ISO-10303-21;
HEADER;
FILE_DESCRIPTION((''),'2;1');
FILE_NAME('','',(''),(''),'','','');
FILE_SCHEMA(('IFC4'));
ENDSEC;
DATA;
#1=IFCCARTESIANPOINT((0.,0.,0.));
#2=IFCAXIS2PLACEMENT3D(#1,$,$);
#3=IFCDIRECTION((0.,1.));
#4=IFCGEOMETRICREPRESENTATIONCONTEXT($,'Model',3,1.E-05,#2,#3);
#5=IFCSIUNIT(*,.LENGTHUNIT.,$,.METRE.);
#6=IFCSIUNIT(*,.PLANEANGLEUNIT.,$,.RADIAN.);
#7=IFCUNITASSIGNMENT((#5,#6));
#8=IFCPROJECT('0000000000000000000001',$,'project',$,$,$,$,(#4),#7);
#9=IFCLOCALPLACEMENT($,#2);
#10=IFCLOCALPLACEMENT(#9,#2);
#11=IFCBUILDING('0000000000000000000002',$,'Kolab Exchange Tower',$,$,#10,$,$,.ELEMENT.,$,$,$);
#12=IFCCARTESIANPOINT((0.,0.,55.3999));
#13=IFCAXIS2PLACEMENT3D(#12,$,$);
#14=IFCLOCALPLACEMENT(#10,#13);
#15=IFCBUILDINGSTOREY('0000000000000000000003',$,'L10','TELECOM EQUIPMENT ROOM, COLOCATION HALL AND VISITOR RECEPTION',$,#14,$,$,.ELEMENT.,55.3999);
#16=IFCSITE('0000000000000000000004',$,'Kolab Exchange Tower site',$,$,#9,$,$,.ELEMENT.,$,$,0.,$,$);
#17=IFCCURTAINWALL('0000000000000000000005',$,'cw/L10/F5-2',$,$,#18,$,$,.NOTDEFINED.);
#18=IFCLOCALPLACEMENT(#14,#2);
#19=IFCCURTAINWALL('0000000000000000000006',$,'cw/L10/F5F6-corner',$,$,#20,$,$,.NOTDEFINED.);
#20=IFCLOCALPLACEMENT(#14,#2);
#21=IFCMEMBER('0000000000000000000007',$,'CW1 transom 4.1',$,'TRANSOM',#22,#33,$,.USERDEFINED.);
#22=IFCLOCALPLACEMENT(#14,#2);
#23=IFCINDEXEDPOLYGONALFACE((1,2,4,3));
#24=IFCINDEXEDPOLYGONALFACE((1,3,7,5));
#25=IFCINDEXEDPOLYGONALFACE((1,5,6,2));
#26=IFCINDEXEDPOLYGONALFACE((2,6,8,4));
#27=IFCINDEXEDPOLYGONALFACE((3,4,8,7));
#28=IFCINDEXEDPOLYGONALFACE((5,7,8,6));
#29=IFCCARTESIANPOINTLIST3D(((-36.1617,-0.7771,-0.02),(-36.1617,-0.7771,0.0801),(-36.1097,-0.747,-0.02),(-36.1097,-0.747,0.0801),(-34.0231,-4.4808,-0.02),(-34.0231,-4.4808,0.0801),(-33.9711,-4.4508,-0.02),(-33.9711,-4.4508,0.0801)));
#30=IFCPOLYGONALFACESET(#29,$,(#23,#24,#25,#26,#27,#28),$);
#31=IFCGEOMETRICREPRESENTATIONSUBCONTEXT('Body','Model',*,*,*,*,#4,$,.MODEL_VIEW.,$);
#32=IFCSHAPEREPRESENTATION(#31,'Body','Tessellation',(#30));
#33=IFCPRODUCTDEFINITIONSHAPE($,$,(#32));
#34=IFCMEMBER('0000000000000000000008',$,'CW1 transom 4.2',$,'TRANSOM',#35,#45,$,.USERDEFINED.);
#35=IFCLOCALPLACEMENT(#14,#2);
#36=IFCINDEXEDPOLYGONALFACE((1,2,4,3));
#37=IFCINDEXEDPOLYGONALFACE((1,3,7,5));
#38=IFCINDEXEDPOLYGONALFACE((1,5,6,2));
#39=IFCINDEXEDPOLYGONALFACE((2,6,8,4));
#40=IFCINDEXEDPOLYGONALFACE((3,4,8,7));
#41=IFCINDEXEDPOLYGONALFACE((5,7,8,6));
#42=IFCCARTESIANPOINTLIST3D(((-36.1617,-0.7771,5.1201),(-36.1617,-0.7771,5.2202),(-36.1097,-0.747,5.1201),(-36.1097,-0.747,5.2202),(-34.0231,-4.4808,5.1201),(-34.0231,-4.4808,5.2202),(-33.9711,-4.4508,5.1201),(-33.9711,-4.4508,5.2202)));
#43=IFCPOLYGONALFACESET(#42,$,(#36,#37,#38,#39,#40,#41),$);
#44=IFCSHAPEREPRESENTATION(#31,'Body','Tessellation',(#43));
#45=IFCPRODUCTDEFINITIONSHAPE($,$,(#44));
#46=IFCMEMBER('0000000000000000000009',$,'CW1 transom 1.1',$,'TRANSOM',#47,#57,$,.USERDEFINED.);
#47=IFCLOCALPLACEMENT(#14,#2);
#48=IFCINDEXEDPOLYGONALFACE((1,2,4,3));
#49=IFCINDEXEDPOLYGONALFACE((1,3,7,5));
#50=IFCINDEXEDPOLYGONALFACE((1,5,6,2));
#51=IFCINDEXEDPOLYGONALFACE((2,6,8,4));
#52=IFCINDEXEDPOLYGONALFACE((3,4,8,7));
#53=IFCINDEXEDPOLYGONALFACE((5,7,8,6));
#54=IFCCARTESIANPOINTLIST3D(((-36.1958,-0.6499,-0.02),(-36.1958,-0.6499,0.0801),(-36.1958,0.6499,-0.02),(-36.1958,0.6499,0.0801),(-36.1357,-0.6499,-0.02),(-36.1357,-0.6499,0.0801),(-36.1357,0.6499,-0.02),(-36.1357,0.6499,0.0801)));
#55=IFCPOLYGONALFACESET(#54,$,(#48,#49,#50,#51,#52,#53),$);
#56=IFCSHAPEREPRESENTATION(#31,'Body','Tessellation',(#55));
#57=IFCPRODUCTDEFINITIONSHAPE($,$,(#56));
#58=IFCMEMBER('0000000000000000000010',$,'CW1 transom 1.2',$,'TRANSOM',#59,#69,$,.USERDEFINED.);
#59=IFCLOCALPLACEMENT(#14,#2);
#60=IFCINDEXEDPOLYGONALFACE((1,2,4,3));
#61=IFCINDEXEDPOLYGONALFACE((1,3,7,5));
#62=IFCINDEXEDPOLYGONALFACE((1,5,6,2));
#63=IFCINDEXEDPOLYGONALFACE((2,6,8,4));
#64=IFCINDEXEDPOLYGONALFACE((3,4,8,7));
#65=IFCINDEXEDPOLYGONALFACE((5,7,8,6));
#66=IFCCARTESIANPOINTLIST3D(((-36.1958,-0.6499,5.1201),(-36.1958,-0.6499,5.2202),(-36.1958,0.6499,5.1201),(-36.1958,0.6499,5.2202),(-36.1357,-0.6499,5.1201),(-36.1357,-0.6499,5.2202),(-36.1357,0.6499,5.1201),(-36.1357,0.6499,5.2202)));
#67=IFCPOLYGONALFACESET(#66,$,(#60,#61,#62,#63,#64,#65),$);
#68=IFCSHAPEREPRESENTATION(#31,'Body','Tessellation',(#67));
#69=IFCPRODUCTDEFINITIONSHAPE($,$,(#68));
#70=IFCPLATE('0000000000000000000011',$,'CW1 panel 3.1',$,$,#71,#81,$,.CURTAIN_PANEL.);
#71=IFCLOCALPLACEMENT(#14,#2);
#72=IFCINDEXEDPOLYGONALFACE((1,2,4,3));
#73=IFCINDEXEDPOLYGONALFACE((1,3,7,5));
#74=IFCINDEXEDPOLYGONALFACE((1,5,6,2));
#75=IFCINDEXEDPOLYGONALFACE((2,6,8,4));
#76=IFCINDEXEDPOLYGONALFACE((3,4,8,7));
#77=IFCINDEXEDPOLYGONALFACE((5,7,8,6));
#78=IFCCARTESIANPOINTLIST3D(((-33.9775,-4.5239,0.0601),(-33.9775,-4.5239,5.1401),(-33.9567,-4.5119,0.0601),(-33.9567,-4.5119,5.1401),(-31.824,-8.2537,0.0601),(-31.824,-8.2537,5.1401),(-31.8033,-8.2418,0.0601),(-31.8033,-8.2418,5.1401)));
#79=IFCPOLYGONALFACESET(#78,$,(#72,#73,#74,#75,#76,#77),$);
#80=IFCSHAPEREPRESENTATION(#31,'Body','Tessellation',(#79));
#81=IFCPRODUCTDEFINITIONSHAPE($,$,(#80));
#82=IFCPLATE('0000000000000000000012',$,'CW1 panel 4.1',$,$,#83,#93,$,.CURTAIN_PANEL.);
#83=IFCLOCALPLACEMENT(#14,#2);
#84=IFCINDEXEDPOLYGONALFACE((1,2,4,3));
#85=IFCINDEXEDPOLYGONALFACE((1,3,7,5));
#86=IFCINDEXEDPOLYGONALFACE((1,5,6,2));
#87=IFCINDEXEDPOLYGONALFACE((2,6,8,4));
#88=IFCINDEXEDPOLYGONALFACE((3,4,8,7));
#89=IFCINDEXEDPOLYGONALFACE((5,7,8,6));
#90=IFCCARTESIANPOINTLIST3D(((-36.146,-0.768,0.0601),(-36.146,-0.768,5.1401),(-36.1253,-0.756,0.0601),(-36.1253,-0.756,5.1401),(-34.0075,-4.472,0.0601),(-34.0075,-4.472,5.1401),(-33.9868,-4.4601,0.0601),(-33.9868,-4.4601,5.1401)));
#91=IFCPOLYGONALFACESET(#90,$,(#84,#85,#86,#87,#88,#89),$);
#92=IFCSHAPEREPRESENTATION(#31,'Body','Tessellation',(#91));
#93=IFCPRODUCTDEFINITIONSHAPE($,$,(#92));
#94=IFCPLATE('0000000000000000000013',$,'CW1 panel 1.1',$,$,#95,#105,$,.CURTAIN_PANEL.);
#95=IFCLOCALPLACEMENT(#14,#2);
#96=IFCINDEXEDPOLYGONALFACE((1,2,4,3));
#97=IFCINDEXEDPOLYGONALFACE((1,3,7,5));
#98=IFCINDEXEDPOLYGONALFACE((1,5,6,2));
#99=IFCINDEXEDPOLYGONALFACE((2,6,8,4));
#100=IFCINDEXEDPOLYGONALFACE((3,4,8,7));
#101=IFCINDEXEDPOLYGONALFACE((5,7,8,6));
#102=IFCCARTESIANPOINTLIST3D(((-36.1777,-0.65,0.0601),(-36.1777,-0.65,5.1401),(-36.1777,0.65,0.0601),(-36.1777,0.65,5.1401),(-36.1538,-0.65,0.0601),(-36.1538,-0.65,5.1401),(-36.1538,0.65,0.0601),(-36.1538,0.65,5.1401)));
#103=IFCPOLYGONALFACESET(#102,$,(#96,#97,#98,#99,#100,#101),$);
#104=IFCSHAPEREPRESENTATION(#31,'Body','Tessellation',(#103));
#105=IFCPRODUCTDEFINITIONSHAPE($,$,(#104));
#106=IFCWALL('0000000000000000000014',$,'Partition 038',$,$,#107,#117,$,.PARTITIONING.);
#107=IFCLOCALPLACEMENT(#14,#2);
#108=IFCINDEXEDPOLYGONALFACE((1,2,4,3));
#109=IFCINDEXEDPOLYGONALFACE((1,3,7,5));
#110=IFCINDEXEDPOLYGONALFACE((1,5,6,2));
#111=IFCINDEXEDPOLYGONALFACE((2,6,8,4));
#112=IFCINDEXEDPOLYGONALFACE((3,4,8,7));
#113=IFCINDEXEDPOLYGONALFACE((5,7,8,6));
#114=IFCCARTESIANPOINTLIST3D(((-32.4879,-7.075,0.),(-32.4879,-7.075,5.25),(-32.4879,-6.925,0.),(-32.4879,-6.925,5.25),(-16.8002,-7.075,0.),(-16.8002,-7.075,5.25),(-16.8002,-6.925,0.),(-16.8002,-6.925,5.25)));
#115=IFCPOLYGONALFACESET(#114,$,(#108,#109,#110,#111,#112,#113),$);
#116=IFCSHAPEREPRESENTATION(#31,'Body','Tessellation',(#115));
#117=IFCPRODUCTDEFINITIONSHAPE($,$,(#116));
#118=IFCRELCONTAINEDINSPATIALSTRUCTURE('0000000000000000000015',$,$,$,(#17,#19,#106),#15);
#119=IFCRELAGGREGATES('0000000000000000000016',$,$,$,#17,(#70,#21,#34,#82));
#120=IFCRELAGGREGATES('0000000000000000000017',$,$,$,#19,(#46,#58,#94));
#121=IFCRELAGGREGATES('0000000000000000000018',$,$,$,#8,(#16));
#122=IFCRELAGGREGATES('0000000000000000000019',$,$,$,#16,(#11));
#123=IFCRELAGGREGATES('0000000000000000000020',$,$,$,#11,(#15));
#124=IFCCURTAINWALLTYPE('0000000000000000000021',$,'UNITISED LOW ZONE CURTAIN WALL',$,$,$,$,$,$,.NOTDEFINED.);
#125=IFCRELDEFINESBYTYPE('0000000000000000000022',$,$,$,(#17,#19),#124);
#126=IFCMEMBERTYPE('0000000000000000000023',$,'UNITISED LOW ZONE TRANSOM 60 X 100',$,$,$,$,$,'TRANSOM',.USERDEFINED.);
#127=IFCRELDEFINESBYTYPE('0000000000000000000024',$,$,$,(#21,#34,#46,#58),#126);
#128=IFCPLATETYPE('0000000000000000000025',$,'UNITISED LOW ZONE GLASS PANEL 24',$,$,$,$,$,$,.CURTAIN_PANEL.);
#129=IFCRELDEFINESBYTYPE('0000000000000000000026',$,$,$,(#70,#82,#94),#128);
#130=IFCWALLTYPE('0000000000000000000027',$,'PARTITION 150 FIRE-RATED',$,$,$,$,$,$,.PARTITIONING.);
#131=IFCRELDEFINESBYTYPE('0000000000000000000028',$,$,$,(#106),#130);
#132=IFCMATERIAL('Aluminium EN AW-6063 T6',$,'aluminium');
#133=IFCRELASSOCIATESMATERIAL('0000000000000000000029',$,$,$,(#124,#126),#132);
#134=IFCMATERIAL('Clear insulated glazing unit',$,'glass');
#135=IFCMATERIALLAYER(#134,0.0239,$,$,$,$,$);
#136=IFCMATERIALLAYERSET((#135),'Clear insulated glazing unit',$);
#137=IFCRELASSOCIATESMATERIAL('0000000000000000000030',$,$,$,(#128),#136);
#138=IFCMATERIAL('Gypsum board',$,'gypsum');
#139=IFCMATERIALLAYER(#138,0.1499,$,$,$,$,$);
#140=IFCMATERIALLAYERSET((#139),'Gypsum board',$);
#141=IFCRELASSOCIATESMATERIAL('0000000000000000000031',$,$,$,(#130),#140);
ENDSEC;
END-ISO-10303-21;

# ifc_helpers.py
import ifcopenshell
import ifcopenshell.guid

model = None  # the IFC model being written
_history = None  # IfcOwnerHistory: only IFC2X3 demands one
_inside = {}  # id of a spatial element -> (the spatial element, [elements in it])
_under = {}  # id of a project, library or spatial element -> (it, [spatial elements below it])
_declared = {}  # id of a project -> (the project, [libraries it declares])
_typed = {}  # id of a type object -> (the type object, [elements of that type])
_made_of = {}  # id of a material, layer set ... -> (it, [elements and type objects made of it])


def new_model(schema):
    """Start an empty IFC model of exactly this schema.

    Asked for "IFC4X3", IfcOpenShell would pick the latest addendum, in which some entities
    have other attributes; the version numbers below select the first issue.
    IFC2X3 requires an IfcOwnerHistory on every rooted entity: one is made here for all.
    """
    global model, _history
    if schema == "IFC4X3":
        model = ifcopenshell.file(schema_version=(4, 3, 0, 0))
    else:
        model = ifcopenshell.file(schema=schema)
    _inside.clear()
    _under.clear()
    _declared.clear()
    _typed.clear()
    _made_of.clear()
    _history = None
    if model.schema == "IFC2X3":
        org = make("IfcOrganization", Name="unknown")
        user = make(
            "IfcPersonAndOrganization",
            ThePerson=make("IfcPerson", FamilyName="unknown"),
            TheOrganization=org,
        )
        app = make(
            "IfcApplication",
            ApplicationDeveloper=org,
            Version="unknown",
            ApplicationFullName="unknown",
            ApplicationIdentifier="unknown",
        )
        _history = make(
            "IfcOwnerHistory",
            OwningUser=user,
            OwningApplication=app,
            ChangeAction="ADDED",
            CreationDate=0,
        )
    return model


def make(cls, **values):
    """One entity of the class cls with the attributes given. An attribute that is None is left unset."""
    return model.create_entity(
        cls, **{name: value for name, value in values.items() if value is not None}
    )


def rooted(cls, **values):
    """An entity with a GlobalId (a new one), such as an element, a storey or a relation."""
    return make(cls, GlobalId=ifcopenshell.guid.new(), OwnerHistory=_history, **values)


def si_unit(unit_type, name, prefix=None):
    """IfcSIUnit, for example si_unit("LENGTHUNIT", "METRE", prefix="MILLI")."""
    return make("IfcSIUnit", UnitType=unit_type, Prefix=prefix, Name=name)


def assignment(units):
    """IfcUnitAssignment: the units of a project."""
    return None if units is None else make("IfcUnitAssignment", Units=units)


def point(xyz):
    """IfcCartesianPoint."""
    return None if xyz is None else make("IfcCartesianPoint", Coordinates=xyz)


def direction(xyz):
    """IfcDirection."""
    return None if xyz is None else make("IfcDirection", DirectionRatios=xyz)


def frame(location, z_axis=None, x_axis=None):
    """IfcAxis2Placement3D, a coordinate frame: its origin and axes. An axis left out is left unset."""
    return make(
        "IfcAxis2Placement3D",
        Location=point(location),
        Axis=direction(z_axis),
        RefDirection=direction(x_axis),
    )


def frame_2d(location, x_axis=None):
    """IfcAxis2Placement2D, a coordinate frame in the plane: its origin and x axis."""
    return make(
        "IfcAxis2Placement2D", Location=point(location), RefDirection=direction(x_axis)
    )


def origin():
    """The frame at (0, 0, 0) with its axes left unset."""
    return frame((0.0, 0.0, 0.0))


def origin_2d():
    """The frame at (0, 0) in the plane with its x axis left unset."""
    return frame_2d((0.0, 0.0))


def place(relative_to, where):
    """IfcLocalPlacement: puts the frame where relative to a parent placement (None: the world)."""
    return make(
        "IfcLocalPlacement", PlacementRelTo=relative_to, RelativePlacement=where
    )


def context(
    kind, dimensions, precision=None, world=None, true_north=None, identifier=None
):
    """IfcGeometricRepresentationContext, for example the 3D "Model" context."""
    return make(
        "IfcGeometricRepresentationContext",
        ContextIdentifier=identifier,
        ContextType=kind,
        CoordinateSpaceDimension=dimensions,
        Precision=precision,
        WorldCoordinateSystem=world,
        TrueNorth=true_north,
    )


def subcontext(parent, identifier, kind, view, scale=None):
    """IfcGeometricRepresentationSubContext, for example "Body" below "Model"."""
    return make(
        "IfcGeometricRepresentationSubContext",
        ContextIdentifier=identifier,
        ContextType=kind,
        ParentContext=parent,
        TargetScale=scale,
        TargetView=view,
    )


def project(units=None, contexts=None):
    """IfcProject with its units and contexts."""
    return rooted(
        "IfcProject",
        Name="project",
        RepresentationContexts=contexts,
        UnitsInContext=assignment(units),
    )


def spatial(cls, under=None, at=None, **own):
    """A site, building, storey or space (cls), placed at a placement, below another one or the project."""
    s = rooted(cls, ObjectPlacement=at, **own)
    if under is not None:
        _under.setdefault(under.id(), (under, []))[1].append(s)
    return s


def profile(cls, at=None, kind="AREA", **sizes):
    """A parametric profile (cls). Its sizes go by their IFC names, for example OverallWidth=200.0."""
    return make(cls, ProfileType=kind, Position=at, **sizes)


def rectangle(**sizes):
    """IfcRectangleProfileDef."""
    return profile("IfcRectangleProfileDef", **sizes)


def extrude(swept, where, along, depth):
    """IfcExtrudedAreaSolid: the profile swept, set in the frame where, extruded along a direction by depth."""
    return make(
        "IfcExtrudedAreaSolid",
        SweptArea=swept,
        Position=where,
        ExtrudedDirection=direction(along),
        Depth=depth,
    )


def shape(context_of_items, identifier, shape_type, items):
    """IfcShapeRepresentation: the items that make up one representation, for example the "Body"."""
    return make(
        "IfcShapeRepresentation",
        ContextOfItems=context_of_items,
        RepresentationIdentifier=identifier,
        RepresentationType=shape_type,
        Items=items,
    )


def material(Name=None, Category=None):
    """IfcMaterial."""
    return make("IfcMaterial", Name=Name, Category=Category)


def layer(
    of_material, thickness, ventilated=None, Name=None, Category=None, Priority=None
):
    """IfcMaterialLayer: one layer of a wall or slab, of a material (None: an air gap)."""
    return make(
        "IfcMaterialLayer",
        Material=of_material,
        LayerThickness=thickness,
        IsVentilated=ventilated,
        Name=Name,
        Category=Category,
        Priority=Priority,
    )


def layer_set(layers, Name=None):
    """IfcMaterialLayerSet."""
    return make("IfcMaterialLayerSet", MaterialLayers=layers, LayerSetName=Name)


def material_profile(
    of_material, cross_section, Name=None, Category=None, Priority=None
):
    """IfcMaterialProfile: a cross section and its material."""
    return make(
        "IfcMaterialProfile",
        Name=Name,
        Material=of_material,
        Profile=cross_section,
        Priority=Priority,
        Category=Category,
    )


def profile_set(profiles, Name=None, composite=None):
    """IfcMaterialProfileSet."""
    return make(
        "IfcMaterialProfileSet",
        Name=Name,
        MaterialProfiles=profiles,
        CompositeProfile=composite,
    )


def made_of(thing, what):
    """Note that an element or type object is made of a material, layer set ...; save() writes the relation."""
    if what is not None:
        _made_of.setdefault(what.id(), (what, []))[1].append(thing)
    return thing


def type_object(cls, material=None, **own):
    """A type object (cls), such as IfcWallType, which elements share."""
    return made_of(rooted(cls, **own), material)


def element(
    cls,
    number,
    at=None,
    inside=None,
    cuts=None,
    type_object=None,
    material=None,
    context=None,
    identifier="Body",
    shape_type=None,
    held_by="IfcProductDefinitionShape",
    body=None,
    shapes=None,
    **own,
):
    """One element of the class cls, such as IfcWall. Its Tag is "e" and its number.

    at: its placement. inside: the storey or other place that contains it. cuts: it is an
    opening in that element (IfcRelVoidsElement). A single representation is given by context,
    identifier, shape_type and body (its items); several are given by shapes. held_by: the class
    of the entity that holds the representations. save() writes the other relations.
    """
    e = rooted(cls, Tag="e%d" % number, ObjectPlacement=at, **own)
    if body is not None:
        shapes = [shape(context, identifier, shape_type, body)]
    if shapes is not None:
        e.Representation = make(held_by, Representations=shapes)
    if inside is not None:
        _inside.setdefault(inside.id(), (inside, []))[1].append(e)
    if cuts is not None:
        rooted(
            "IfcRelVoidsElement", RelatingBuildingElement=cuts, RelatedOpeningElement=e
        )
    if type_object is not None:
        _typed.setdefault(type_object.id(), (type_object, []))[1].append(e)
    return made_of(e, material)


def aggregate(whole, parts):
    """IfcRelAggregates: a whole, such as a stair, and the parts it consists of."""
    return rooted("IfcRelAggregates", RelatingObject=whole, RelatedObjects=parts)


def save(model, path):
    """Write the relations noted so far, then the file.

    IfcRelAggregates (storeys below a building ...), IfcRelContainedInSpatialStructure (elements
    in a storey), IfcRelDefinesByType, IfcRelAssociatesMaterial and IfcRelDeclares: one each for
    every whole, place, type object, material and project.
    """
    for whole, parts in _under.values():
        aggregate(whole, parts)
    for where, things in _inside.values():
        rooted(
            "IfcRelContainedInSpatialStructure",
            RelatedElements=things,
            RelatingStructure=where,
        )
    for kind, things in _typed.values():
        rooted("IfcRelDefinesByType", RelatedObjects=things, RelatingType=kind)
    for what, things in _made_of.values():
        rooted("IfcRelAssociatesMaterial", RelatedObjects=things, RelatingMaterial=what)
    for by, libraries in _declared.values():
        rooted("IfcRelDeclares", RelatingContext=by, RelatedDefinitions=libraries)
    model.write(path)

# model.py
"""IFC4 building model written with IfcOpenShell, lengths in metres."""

from ifc_helpers import new_model, si_unit, direction, frame, frame_2d, origin, origin_2d, place, context, subcontext, project, spatial, rectangle, extrude, material, layer, layer_set, material_profile, profile_set, type_object, element, aggregate, save


model = new_model("IFC4")

# Units and contexts
model_context = context("Model", 3, precision=1e-05, world=origin(), true_north=direction((0.0, 1.0)))
body_context = subcontext(model_context, "Body", "Model", "MODEL_VIEW")
ifc_project = project(units=[si_unit("LENGTHUNIT", "METRE"), si_unit("PLANEANGLEUNIT", "RADIAN")], contexts=[model_context])

# Site, building, storey
site_placement = place(None, origin())
site = spatial("IfcSite", under=ifc_project, at=site_placement, Name="Kolab Exchange Tower site", CompositionType="ELEMENT", RefElevation=0.0)
building_placement = place(site_placement, origin())
building = spatial("IfcBuilding", under=site, at=building_placement, Name="Kolab Exchange Tower", CompositionType="ELEMENT")
storey_placement = place(building_placement, frame((0.0, 0.0, 55.3999)))
storey = spatial("IfcBuildingStorey", under=building, at=storey_placement, Name="L10", Description="TELECOM EQUIPMENT ROOM, COLOCATION HALL AND VISITOR RECEPTION", CompositionType="ELEMENT", Elevation=55.3999)

# Curtain wall
ifc_material_1 = material(Name="Aluminium EN AW-6063 T6", Category="aluminium")
curtain_wall_type = type_object("IfcCurtainWallType", Name="UNITISED LOW ZONE CURTAIN WALL", PredefinedType="NOTDEFINED", material=ifc_material_1)
curtain_wall_1_placement = place(storey_placement, origin())
curtain_wall_1 = element("IfcCurtainWall", 1, at=curtain_wall_1_placement, inside=storey, type_object=curtain_wall_type, Name="cw/L10/F5-2", PredefinedType="NOTDEFINED")

# Curtain wall
curtain_wall_2_placement = place(storey_placement, origin())
curtain_wall_2 = element("IfcCurtainWall", 2, at=curtain_wall_2_placement, inside=storey, type_object=curtain_wall_type, Name="cw/L10/F5F6-corner", PredefinedType="NOTDEFINED")

# Members
ifc_material_profile_1 = material_profile(ifc_material_1, rectangle(XDim=0.0601, YDim=0.1001, at=origin_2d()), Name="RECT 60X100")
ifc_profile_set_1 = profile_set([ifc_material_profile_1], Name="Aluminium EN AW-6063 T6")
member_type_1 = type_object("IfcMemberType", Name="UNITISED LOW ZONE TRANSOM 60 X 100", ElementType="TRANSOM", PredefinedType="USERDEFINED", material=ifc_profile_set_1)
member_1_placement = place(storey_placement, frame((-33.9971, -4.4658, 0.03), z_axis=(-0.500044, 0.866, 0.0), x_axis=(-0.866, -0.500044, 0.0)))
member_1 = element("IfcMember", 3, at=member_1_placement, type_object=member_type_1, Name="CW1 transom 4.1", ObjectType="TRANSOM", PredefinedType="USERDEFINED", context=body_context, shape_type="SweptSolid", body=[
    extrude(rectangle(XDim=0.0601, YDim=0.1001, at=origin_2d()), origin(), (0.0, 0.0, 1.0), 4.2769),
])
member_2_placement = place(storey_placement, frame((-33.9971, -4.4658, 5.1702), z_axis=(-0.500044, 0.866, 0.0), x_axis=(-0.866, -0.500044, 0.0)))
member_2 = element("IfcMember", 4, at=member_2_placement, type_object=member_type_1, Name="CW1 transom 4.2", ObjectType="TRANSOM", PredefinedType="USERDEFINED", context=body_context, shape_type="SweptSolid", body=[
    extrude(rectangle(XDim=0.0601, YDim=0.1001, at=origin_2d()), origin(), (0.0, 0.0, 1.0), 4.2769),
])
member_3_placement = place(storey_placement, frame((-36.1658, -0.6499, 0.03), z_axis=(0.0, 1.0, 0.0), x_axis=(-1.0, 0.0, 0.0)))
member_3 = element("IfcMember", 5, at=member_3_placement, type_object=member_type_1, Name="CW1 transom 1.1", ObjectType="TRANSOM", PredefinedType="USERDEFINED", context=body_context, shape_type="SweptSolid", body=[
    extrude(rectangle(XDim=0.0601, YDim=0.1001, at=origin_2d()), origin(), (0.0, 0.0, 1.0), 1.2998),
])
member_4_placement = place(storey_placement, frame((-36.1658, -0.6499, 5.1702), z_axis=(0.0, 1.0, 0.0), x_axis=(-1.0, 0.0, 0.0)))
member_4 = element("IfcMember", 6, at=member_4_placement, type_object=member_type_1, Name="CW1 transom 1.2", ObjectType="TRANSOM", PredefinedType="USERDEFINED", context=body_context, shape_type="SweptSolid", body=[
    extrude(rectangle(XDim=0.0601, YDim=0.1001, at=origin_2d()), origin(), (0.0, 0.0, 1.0), 1.2998),
])

# Plates
ifc_material_2 = material(Name="Clear insulated glazing unit", Category="glass")
ifc_layer_1 = layer(ifc_material_2, 0.0239)
ifc_layer_set_1 = layer_set([ifc_layer_1], Name="Clear insulated glazing unit")
plate_type = type_object("IfcPlateType", Name="UNITISED LOW ZONE GLASS PANEL 24", PredefinedType="CURTAIN_PANEL", material=ifc_layer_set_1)
plate_1_placement = place(storey_placement, frame((-32.8904, -6.3828, 0.0601), z_axis=(0.0, 0.0, 1.0), x_axis=(-0.5, 0.866025, 0.0)))
plate_1 = element("IfcPlate", 7, at=plate_1_placement, type_object=plate_type, Name="CW1 panel 3.1", PredefinedType="CURTAIN_PANEL", context=body_context, shape_type="SweptSolid", body=[
    extrude(rectangle(XDim=4.3069, YDim=0.0239, at=origin_2d()), origin(), (0.0, 0.0, 1.0), 5.0801),
])
plate_2_placement = place(storey_placement, frame((-35.0664, -2.614, 0.0601), z_axis=(0.0, 0.0, 1.0), x_axis=(-0.5, 0.866025, 0.0)))
plate_2 = element("IfcPlate", 8, at=plate_2_placement, type_object=plate_type, Name="CW1 panel 4.1", PredefinedType="CURTAIN_PANEL", context=body_context, shape_type="SweptSolid", body=[
    extrude(rectangle(XDim=4.2771, YDim=0.0239, at=origin_2d()), origin(), (0.0, 0.0, 1.0), 5.0801),
])
aggregate(curtain_wall_1, [plate_1, member_1, member_2, plate_2])
plate_3_placement = place(storey_placement, frame((-36.1658, 0.0, 0.0601), z_axis=(0.0, 0.0, 1.0), x_axis=(0.0, 1.0, 0.0)))
plate_3 = element("IfcPlate", 9, at=plate_3_placement, type_object=plate_type, Name="CW1 panel 1.1", PredefinedType="CURTAIN_PANEL", context=body_context, shape_type="SweptSolid", body=[
    extrude(rectangle(XDim=1.3, YDim=0.0239, at=origin_2d()), origin(), (0.0, 0.0, 1.0), 5.0801),
])
aggregate(curtain_wall_2, [member_3, member_4, plate_3])

# Wall
ifc_material_3 = material(Name="Gypsum board", Category="gypsum")
ifc_layer_2 = layer(ifc_material_3, 0.1499)
ifc_layer_set_2 = layer_set([ifc_layer_2], Name="Gypsum board")
wall_type = type_object("IfcWallType", Name="PARTITION 150 FIRE-RATED", PredefinedType="PARTITIONING", material=ifc_layer_set_2)
wall_placement = place(storey_placement, frame((-32.4878, -7.0, 0.0), z_axis=(0.0, 0.0, 1.0), x_axis=(1.0, 0.0, 0.0)))
element("IfcWall", 10, at=wall_placement, inside=storey, type_object=wall_type, Name="Partition 038", PredefinedType="PARTITIONING", context=body_context, shape_type="SweptSolid", body=[
    extrude(rectangle(XDim=15.6877, YDim=0.1499, at=frame_2d((7.8438, 0.0))), origin(), (0.0, 0.0, 1.0), 5.25),
])

save(model, "model.ifc")
